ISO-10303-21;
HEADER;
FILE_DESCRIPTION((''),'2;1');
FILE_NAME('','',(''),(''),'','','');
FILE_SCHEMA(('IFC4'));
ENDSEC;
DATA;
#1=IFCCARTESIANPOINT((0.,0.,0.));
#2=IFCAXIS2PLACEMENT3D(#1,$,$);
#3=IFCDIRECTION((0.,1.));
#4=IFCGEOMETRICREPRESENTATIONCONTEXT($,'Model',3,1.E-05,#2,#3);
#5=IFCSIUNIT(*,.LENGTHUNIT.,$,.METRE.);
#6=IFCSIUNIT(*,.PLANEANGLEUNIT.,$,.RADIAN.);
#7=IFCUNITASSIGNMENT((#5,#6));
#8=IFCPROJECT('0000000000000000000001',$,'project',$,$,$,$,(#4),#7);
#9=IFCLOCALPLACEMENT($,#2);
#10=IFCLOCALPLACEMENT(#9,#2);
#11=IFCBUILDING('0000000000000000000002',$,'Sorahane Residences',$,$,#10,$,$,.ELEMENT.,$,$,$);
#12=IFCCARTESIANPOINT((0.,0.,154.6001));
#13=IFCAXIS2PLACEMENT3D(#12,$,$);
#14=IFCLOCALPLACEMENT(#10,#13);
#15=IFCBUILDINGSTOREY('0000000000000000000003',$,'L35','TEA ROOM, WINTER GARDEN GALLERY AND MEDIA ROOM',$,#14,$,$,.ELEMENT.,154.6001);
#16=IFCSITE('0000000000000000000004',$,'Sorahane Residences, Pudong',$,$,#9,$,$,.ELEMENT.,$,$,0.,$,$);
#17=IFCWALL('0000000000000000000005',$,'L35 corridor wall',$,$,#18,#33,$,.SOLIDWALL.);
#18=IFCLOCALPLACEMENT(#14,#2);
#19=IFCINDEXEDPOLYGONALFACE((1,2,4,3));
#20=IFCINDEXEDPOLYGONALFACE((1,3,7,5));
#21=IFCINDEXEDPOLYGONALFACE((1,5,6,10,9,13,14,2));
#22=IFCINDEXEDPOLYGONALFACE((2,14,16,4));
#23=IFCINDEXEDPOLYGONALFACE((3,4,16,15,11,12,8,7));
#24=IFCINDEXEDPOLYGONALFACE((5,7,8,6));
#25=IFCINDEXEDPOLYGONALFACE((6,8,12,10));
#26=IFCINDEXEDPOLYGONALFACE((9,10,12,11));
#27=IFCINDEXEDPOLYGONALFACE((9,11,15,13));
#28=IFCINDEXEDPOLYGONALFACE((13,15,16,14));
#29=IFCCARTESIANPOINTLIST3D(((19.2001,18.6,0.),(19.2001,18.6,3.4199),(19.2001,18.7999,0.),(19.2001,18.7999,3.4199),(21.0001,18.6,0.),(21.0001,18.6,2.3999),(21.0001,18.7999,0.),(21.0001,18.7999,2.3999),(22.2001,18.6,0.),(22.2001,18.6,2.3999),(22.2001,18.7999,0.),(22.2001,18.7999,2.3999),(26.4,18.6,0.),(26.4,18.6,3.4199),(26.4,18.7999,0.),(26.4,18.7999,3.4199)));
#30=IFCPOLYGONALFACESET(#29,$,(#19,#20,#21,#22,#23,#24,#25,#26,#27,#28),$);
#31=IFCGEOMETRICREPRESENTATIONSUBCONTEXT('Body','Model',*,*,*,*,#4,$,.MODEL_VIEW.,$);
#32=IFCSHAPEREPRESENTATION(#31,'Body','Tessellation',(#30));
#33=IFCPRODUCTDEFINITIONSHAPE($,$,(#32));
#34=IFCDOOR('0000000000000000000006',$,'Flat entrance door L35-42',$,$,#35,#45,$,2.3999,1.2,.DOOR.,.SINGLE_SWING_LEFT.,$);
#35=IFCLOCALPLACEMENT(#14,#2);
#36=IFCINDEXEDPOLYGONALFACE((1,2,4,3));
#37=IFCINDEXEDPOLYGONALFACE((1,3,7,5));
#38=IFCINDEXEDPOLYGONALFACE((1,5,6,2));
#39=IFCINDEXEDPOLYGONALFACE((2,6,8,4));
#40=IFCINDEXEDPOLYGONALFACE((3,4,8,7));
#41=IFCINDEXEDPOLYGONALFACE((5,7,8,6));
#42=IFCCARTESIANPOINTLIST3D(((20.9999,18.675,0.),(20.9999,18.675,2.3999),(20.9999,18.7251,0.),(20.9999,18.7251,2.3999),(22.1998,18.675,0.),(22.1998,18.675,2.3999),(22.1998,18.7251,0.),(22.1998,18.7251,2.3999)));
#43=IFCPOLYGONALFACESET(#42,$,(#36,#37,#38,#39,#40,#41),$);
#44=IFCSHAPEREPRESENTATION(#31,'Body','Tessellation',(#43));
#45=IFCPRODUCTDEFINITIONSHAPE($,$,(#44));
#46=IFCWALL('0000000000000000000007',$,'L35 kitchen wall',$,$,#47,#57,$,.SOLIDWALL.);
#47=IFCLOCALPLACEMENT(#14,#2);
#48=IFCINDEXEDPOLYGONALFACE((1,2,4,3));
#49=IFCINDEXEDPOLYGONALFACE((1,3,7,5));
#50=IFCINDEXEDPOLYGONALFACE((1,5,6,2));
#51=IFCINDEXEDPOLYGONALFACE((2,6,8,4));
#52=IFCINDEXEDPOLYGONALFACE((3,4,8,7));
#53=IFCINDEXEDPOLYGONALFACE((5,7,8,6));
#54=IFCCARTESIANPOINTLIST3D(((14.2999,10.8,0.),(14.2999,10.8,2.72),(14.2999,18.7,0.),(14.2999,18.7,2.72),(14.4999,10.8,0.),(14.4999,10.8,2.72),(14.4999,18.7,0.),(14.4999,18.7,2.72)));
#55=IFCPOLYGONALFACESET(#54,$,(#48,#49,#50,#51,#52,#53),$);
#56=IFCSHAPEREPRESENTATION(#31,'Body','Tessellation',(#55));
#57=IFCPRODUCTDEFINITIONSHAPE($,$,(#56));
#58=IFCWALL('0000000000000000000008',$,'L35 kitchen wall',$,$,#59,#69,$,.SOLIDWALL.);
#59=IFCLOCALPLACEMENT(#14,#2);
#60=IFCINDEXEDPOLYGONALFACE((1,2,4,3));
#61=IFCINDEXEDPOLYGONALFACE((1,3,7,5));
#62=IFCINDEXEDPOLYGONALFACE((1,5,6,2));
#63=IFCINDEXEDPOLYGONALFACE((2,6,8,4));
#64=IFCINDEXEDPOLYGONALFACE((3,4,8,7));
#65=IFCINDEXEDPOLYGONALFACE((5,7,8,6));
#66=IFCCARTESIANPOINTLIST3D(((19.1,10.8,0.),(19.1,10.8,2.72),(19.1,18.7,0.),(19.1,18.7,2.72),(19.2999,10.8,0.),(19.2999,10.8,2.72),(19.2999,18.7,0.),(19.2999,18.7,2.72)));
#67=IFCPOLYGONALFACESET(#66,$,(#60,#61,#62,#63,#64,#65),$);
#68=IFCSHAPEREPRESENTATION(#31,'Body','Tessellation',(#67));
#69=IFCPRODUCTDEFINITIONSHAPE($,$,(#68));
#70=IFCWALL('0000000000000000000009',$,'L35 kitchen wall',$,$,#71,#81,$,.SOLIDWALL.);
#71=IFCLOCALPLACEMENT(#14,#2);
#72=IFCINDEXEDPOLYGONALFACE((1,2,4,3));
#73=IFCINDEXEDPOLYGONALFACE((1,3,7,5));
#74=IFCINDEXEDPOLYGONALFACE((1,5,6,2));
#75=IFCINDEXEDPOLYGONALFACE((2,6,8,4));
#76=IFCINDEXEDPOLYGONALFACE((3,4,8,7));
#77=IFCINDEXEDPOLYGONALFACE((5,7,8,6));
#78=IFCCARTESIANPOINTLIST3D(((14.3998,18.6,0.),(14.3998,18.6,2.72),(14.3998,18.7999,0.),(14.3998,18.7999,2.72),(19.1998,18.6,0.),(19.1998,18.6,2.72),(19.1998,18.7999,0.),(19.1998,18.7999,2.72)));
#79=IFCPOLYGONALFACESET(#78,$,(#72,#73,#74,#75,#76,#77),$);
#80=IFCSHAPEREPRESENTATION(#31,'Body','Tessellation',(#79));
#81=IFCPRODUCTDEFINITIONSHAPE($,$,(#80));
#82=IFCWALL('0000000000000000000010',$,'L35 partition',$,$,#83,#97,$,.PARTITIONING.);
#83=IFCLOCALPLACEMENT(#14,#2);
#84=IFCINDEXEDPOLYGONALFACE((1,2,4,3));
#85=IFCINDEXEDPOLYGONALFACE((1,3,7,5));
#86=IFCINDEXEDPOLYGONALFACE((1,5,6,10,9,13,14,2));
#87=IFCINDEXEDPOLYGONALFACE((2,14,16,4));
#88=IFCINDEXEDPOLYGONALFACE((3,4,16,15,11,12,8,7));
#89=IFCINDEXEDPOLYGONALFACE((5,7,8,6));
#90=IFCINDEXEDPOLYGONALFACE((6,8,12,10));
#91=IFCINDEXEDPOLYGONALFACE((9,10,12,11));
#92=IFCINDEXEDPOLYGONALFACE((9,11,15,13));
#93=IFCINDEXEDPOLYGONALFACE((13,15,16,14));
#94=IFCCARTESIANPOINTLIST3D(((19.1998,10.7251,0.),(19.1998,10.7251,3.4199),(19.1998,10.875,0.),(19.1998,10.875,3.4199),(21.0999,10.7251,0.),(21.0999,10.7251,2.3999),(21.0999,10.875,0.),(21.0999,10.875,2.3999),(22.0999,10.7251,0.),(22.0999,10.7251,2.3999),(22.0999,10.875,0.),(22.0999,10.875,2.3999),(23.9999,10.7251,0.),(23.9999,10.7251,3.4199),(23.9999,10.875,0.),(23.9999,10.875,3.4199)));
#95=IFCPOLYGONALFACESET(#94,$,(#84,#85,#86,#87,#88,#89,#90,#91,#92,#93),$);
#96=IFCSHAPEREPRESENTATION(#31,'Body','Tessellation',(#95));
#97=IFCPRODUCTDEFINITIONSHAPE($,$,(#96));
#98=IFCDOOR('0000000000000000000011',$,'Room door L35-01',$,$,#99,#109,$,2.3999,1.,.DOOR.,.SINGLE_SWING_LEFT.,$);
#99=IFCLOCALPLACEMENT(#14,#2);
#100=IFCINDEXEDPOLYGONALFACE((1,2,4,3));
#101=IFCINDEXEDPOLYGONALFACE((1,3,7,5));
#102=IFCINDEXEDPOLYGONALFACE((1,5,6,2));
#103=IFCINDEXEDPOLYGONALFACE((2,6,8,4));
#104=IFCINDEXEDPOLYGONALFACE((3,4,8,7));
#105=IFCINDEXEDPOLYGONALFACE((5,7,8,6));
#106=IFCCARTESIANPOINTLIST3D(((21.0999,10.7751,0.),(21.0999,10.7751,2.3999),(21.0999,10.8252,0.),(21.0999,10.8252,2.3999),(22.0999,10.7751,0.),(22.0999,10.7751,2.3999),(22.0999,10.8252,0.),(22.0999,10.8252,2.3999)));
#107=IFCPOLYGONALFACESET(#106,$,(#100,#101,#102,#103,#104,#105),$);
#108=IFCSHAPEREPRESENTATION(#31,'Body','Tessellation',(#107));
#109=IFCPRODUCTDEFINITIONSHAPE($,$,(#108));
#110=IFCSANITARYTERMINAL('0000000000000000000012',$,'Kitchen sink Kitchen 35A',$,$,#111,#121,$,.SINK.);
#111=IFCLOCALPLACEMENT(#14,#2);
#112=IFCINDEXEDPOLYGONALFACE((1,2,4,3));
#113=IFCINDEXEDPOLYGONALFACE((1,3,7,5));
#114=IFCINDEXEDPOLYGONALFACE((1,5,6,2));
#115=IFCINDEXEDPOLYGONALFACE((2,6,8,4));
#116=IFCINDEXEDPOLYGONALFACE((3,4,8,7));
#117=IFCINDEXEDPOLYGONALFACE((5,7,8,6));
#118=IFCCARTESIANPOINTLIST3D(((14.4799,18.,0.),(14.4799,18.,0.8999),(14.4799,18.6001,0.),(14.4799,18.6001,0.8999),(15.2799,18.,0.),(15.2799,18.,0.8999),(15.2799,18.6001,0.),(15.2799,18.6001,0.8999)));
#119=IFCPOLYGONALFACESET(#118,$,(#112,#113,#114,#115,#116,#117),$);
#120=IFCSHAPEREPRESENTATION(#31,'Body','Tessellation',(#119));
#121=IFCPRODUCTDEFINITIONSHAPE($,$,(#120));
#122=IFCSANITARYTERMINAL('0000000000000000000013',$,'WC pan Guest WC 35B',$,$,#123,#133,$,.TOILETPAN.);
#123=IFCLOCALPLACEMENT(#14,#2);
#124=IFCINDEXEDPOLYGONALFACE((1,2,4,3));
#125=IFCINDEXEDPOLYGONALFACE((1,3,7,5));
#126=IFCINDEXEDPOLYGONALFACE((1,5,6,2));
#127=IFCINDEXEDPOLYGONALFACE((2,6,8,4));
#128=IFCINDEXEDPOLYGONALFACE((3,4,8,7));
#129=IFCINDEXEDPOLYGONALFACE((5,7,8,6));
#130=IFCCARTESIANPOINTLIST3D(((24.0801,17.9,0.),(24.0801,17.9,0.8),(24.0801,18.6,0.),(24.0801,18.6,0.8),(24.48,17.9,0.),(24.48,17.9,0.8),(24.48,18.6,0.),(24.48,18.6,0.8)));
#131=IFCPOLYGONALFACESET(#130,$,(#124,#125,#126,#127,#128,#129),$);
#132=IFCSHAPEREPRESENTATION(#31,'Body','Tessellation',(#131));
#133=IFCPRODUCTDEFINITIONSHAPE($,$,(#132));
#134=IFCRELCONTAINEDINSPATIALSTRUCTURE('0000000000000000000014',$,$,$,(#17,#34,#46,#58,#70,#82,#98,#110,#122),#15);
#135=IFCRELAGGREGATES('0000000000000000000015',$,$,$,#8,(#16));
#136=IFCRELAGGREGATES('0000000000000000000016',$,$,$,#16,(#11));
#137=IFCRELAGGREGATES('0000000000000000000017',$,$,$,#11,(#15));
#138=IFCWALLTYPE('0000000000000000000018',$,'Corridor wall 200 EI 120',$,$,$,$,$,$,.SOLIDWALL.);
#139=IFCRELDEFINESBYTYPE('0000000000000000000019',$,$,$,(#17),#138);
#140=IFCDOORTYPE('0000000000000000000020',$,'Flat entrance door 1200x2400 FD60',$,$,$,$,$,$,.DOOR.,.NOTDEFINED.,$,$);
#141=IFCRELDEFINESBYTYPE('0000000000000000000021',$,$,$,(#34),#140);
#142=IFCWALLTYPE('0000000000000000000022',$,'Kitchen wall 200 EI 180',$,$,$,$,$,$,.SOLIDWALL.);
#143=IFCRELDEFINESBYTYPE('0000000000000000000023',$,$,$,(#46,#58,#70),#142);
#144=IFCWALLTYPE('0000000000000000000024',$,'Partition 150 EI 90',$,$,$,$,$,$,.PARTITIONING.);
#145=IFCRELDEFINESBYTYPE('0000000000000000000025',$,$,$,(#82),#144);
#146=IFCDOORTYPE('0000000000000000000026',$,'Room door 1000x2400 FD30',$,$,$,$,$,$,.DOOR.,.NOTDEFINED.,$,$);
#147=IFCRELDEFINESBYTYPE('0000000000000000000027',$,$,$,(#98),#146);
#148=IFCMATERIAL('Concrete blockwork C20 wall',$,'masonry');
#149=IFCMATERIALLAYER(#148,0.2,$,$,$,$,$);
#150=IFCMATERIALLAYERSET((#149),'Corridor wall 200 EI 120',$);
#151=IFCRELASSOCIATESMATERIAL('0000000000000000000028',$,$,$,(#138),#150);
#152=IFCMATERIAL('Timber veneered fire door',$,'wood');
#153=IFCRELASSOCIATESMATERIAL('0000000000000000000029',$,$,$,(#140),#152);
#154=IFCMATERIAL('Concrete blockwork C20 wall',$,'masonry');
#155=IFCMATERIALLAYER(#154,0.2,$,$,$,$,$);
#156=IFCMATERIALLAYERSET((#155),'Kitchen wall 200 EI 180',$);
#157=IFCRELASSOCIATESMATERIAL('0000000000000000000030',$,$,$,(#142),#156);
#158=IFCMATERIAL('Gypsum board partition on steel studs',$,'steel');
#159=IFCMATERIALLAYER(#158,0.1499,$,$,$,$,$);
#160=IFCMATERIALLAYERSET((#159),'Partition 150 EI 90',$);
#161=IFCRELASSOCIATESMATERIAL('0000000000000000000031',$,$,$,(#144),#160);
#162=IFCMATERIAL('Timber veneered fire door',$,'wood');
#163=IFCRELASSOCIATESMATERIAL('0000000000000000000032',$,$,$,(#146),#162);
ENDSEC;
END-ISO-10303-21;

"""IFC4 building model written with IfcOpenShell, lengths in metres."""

from ifc_helpers import new_model, si_unit, direction, frame, frame_2d, origin, origin_2d, place, context, subcontext, project, spatial, rectangle, extrude, material, layer, layer_set, type_object, element, fill, save


model = new_model("IFC4")

# Units and contexts
model_context = context("Model", 3, precision=1e-05, world=origin(), true_north=direction((0.0, 1.0)))
body_context = subcontext(model_context, "Body", "Model", "MODEL_VIEW")
ifc_project = project(units=[si_unit("LENGTHUNIT", "METRE"), si_unit("PLANEANGLEUNIT", "RADIAN")], contexts=[model_context])

# Site, building, storey
site_placement = place(None, origin())
site = spatial("IfcSite", under=ifc_project, at=site_placement, Name="Sorahane Residences, Pudong", CompositionType="ELEMENT", RefElevation=0.0)
building_placement = place(site_placement, origin())
building = spatial("IfcBuilding", under=site, at=building_placement, Name="Sorahane Residences", CompositionType="ELEMENT")
storey_placement = place(building_placement, frame((0.0, 0.0, 154.6001)))
storey = spatial("IfcBuildingStorey", under=building, at=storey_placement, Name="L35", Description="TEA ROOM, WINTER GARDEN GALLERY AND MEDIA ROOM", CompositionType="ELEMENT", Elevation=154.6001)

# Wall, opening, door
ifc_material_1 = material(Name="Concrete blockwork C20 wall", Category="masonry")
ifc_layer_1 = layer(ifc_material_1, 0.2)
ifc_layer_set_1 = layer_set([ifc_layer_1], Name="Corridor wall 200 EI 120")
wall_type_1 = type_object("IfcWallType", Name="Corridor wall 200 EI 120", PredefinedType="SOLIDWALL", material=ifc_layer_set_1)
wall_1_placement = place(storey_placement, frame((19.2, 18.7, 0.0), z_axis=(0.0, 0.0, 1.0), x_axis=(1.0, 0.0, 0.0)))
wall_1 = element("IfcWall", 1, at=wall_1_placement, inside=storey, type_object=wall_type_1, Name="L35 corridor wall", PredefinedType="SOLIDWALL", context=body_context, shape_type="SweptSolid", body=[
    extrude(rectangle(XDim=7.2, YDim=0.2, at=frame_2d((3.6001, 0.0))), origin(), (0.0, 0.0, 1.0), 3.4199),
])
opening_1_placement = place(wall_1_placement, frame((1.8, 0.0, 0.0)))
opening_1 = element("IfcOpeningElement", 2, at=opening_1_placement, cuts=wall_1, PredefinedType="OPENING", context=body_context, shape_type="SweptSolid", body=[
    extrude(rectangle(XDim=1.2, YDim=2.3999, at=frame_2d((0.6001, 1.2))), frame((0.0, 0.1099, 0.0), z_axis=(0.0, -1.0, 0.0), x_axis=(1.0, 0.0, 0.0)), (0.0, 0.0, 1.0), 0.22),
])
ifc_material_2 = material(Name="Timber veneered fire door", Category="wood")
door_type_1 = type_object("IfcDoorType", Name="Flat entrance door 1200x2400 FD60", OperationType="NOTDEFINED", PredefinedType="DOOR", material=ifc_material_2)
door_1_placement = place(opening_1_placement, frame((1.2, 0.0, 0.0), z_axis=(0.0, 0.0, 1.0), x_axis=(-1.0, 0.0, 0.0)))
door_1 = element("IfcDoor", 3, at=door_1_placement, inside=storey, type_object=door_type_1, Name="Flat entrance door L35-42", OperationType="SINGLE_SWING_LEFT", OverallHeight=2.3999, OverallWidth=1.2, PredefinedType="DOOR", context=body_context, shape_type="SweptSolid", body=[
    extrude(rectangle(XDim=1.2, YDim=2.3999, at=frame_2d((0.6001, 1.2))), frame((0.0, 0.0249, 0.0), z_axis=(0.0, -1.0, 0.0), x_axis=(1.0, 0.0, 0.0)), (0.0, 0.0, 1.0), 0.05),
])
fill(opening_1, door_1)

# Walls
ifc_material_3 = material(Name="Concrete blockwork C20 wall", Category="masonry")
ifc_layer_2 = layer(ifc_material_3, 0.2)
ifc_layer_set_2 = layer_set([ifc_layer_2], Name="Kitchen wall 200 EI 180")
wall_type_2 = type_object("IfcWallType", Name="Kitchen wall 200 EI 180", PredefinedType="SOLIDWALL", material=ifc_layer_set_2)
for number, where, z_axis, x_axis, name in (
    (4, (14.3999, 10.8, 0.0), (0.0, 0.0, 1.0), (0.0, 1.0, 0.0), "L35 kitchen wall"),
    (5, (19.2, 10.8, 0.0), (0.0, 0.0, 1.0), (0.0, 1.0, 0.0), "L35 kitchen wall"),
):
    element("IfcWall", number, at=place(storey_placement, frame(where, z_axis=z_axis, x_axis=x_axis)), inside=storey, type_object=wall_type_2, Name=name, PredefinedType="SOLIDWALL", context=body_context, shape_type="SweptSolid", body=[
        extrude(rectangle(XDim=7.8999, YDim=0.2, at=frame_2d((3.95, 0.0))), origin(), (0.0, 0.0, 1.0), 2.72),
    ])

# Wall
wall_2_placement = place(storey_placement, frame((14.3999, 18.7, 0.0), z_axis=(0.0, 0.0, 1.0), x_axis=(1.0, 0.0, 0.0)))
element("IfcWall", 6, at=wall_2_placement, inside=storey, type_object=wall_type_2, Name="L35 kitchen wall", PredefinedType="SOLIDWALL", context=body_context, shape_type="SweptSolid", body=[
    extrude(rectangle(XDim=4.8, YDim=0.2, at=frame_2d((2.3999, 0.0))), origin(), (0.0, 0.0, 1.0), 2.72),
])

# Wall, opening, door
ifc_material_4 = material(Name="Gypsum board partition on steel studs", Category="steel")
ifc_layer_3 = layer(ifc_material_4, 0.1499)
ifc_layer_set_3 = layer_set([ifc_layer_3], Name="Partition 150 EI 90")
wall_type_3 = type_object("IfcWallType", Name="Partition 150 EI 90", PredefinedType="PARTITIONING", material=ifc_layer_set_3)
wall_3_placement = place(storey_placement, frame((19.2, 10.8, 0.0), z_axis=(0.0, 0.0, 1.0), x_axis=(1.0, 0.0, 0.0)))
wall_3 = element("IfcWall", 7, at=wall_3_placement, inside=storey, type_object=wall_type_3, Name="L35 partition", PredefinedType="PARTITIONING", context=body_context, shape_type="SweptSolid", body=[
    extrude(rectangle(XDim=4.8, YDim=0.1499, at=frame_2d((2.3999, 0.0))), origin(), (0.0, 0.0, 1.0), 3.4199),
])
opening_2_placement = place(wall_3_placement, frame((1.8999, 0.0, 0.0)))
opening_2 = element("IfcOpeningElement", 8, at=opening_2_placement, cuts=wall_3, PredefinedType="OPENING", context=body_context, shape_type="SweptSolid", body=[
    extrude(rectangle(XDim=1.0, YDim=2.3999, at=frame_2d((0.5, 1.2))), frame((0.0, 0.085, 0.0), z_axis=(0.0, -1.0, 0.0), x_axis=(1.0, 0.0, 0.0)), (0.0, 0.0, 1.0), 0.1699),
])
ifc_material_5 = material(Name="Timber veneered fire door", Category="wood")
door_type_2 = type_object("IfcDoorType", Name="Room door 1000x2400 FD30", OperationType="NOTDEFINED", PredefinedType="DOOR", material=ifc_material_5)
door_2_placement = place(opening_2_placement, frame((1.0, 0.0, 0.0), z_axis=(0.0, 0.0, 1.0), x_axis=(-1.0, 0.0, 0.0)))
door_2 = element("IfcDoor", 9, at=door_2_placement, inside=storey, type_object=door_type_2, Name="Room door L35-01", OperationType="SINGLE_SWING_LEFT", OverallHeight=2.3999, OverallWidth=1.0, PredefinedType="DOOR", context=body_context, shape_type="SweptSolid", body=[
    extrude(rectangle(XDim=1.0, YDim=2.3999, at=frame_2d((0.5, 1.2))), frame((0.0, 0.0249, 0.0), z_axis=(0.0, -1.0, 0.0), x_axis=(1.0, 0.0, 0.0)), (0.0, 0.0, 1.0), 0.05),
])
fill(opening_2, door_2)

# Sanitary terminals
sanitary_terminal_1_placement = place(storey_placement, frame((14.8799, 18.3, 0.0), z_axis=(0.0, 0.0, 1.0), x_axis=(1.0, 0.0, 0.0)))
element("IfcSanitaryTerminal", 10, at=sanitary_terminal_1_placement, inside=storey, Name="Kitchen sink Kitchen 35A", PredefinedType="SINK", context=body_context, shape_type="SweptSolid", body=[
    extrude(rectangle(XDim=0.8, YDim=0.6001, at=origin_2d()), origin(), (0.0, 0.0, 1.0), 0.8999),
])
sanitary_terminal_2_placement = place(storey_placement, frame((24.28, 18.25, 0.0), z_axis=(0.0, 0.0, 1.0), x_axis=(1.0, 0.0, 0.0)))
element("IfcSanitaryTerminal", 11, at=sanitary_terminal_2_placement, inside=storey, Name="WC pan Guest WC 35B", PredefinedType="TOILETPAN", context=body_context, shape_type="SweptSolid", body=[
    extrude(rectangle(XDim=0.3999, YDim=0.7, at=origin_2d()), origin(), (0.0, 0.0, 1.0), 0.8),
])

save(model, "model.ifc")
